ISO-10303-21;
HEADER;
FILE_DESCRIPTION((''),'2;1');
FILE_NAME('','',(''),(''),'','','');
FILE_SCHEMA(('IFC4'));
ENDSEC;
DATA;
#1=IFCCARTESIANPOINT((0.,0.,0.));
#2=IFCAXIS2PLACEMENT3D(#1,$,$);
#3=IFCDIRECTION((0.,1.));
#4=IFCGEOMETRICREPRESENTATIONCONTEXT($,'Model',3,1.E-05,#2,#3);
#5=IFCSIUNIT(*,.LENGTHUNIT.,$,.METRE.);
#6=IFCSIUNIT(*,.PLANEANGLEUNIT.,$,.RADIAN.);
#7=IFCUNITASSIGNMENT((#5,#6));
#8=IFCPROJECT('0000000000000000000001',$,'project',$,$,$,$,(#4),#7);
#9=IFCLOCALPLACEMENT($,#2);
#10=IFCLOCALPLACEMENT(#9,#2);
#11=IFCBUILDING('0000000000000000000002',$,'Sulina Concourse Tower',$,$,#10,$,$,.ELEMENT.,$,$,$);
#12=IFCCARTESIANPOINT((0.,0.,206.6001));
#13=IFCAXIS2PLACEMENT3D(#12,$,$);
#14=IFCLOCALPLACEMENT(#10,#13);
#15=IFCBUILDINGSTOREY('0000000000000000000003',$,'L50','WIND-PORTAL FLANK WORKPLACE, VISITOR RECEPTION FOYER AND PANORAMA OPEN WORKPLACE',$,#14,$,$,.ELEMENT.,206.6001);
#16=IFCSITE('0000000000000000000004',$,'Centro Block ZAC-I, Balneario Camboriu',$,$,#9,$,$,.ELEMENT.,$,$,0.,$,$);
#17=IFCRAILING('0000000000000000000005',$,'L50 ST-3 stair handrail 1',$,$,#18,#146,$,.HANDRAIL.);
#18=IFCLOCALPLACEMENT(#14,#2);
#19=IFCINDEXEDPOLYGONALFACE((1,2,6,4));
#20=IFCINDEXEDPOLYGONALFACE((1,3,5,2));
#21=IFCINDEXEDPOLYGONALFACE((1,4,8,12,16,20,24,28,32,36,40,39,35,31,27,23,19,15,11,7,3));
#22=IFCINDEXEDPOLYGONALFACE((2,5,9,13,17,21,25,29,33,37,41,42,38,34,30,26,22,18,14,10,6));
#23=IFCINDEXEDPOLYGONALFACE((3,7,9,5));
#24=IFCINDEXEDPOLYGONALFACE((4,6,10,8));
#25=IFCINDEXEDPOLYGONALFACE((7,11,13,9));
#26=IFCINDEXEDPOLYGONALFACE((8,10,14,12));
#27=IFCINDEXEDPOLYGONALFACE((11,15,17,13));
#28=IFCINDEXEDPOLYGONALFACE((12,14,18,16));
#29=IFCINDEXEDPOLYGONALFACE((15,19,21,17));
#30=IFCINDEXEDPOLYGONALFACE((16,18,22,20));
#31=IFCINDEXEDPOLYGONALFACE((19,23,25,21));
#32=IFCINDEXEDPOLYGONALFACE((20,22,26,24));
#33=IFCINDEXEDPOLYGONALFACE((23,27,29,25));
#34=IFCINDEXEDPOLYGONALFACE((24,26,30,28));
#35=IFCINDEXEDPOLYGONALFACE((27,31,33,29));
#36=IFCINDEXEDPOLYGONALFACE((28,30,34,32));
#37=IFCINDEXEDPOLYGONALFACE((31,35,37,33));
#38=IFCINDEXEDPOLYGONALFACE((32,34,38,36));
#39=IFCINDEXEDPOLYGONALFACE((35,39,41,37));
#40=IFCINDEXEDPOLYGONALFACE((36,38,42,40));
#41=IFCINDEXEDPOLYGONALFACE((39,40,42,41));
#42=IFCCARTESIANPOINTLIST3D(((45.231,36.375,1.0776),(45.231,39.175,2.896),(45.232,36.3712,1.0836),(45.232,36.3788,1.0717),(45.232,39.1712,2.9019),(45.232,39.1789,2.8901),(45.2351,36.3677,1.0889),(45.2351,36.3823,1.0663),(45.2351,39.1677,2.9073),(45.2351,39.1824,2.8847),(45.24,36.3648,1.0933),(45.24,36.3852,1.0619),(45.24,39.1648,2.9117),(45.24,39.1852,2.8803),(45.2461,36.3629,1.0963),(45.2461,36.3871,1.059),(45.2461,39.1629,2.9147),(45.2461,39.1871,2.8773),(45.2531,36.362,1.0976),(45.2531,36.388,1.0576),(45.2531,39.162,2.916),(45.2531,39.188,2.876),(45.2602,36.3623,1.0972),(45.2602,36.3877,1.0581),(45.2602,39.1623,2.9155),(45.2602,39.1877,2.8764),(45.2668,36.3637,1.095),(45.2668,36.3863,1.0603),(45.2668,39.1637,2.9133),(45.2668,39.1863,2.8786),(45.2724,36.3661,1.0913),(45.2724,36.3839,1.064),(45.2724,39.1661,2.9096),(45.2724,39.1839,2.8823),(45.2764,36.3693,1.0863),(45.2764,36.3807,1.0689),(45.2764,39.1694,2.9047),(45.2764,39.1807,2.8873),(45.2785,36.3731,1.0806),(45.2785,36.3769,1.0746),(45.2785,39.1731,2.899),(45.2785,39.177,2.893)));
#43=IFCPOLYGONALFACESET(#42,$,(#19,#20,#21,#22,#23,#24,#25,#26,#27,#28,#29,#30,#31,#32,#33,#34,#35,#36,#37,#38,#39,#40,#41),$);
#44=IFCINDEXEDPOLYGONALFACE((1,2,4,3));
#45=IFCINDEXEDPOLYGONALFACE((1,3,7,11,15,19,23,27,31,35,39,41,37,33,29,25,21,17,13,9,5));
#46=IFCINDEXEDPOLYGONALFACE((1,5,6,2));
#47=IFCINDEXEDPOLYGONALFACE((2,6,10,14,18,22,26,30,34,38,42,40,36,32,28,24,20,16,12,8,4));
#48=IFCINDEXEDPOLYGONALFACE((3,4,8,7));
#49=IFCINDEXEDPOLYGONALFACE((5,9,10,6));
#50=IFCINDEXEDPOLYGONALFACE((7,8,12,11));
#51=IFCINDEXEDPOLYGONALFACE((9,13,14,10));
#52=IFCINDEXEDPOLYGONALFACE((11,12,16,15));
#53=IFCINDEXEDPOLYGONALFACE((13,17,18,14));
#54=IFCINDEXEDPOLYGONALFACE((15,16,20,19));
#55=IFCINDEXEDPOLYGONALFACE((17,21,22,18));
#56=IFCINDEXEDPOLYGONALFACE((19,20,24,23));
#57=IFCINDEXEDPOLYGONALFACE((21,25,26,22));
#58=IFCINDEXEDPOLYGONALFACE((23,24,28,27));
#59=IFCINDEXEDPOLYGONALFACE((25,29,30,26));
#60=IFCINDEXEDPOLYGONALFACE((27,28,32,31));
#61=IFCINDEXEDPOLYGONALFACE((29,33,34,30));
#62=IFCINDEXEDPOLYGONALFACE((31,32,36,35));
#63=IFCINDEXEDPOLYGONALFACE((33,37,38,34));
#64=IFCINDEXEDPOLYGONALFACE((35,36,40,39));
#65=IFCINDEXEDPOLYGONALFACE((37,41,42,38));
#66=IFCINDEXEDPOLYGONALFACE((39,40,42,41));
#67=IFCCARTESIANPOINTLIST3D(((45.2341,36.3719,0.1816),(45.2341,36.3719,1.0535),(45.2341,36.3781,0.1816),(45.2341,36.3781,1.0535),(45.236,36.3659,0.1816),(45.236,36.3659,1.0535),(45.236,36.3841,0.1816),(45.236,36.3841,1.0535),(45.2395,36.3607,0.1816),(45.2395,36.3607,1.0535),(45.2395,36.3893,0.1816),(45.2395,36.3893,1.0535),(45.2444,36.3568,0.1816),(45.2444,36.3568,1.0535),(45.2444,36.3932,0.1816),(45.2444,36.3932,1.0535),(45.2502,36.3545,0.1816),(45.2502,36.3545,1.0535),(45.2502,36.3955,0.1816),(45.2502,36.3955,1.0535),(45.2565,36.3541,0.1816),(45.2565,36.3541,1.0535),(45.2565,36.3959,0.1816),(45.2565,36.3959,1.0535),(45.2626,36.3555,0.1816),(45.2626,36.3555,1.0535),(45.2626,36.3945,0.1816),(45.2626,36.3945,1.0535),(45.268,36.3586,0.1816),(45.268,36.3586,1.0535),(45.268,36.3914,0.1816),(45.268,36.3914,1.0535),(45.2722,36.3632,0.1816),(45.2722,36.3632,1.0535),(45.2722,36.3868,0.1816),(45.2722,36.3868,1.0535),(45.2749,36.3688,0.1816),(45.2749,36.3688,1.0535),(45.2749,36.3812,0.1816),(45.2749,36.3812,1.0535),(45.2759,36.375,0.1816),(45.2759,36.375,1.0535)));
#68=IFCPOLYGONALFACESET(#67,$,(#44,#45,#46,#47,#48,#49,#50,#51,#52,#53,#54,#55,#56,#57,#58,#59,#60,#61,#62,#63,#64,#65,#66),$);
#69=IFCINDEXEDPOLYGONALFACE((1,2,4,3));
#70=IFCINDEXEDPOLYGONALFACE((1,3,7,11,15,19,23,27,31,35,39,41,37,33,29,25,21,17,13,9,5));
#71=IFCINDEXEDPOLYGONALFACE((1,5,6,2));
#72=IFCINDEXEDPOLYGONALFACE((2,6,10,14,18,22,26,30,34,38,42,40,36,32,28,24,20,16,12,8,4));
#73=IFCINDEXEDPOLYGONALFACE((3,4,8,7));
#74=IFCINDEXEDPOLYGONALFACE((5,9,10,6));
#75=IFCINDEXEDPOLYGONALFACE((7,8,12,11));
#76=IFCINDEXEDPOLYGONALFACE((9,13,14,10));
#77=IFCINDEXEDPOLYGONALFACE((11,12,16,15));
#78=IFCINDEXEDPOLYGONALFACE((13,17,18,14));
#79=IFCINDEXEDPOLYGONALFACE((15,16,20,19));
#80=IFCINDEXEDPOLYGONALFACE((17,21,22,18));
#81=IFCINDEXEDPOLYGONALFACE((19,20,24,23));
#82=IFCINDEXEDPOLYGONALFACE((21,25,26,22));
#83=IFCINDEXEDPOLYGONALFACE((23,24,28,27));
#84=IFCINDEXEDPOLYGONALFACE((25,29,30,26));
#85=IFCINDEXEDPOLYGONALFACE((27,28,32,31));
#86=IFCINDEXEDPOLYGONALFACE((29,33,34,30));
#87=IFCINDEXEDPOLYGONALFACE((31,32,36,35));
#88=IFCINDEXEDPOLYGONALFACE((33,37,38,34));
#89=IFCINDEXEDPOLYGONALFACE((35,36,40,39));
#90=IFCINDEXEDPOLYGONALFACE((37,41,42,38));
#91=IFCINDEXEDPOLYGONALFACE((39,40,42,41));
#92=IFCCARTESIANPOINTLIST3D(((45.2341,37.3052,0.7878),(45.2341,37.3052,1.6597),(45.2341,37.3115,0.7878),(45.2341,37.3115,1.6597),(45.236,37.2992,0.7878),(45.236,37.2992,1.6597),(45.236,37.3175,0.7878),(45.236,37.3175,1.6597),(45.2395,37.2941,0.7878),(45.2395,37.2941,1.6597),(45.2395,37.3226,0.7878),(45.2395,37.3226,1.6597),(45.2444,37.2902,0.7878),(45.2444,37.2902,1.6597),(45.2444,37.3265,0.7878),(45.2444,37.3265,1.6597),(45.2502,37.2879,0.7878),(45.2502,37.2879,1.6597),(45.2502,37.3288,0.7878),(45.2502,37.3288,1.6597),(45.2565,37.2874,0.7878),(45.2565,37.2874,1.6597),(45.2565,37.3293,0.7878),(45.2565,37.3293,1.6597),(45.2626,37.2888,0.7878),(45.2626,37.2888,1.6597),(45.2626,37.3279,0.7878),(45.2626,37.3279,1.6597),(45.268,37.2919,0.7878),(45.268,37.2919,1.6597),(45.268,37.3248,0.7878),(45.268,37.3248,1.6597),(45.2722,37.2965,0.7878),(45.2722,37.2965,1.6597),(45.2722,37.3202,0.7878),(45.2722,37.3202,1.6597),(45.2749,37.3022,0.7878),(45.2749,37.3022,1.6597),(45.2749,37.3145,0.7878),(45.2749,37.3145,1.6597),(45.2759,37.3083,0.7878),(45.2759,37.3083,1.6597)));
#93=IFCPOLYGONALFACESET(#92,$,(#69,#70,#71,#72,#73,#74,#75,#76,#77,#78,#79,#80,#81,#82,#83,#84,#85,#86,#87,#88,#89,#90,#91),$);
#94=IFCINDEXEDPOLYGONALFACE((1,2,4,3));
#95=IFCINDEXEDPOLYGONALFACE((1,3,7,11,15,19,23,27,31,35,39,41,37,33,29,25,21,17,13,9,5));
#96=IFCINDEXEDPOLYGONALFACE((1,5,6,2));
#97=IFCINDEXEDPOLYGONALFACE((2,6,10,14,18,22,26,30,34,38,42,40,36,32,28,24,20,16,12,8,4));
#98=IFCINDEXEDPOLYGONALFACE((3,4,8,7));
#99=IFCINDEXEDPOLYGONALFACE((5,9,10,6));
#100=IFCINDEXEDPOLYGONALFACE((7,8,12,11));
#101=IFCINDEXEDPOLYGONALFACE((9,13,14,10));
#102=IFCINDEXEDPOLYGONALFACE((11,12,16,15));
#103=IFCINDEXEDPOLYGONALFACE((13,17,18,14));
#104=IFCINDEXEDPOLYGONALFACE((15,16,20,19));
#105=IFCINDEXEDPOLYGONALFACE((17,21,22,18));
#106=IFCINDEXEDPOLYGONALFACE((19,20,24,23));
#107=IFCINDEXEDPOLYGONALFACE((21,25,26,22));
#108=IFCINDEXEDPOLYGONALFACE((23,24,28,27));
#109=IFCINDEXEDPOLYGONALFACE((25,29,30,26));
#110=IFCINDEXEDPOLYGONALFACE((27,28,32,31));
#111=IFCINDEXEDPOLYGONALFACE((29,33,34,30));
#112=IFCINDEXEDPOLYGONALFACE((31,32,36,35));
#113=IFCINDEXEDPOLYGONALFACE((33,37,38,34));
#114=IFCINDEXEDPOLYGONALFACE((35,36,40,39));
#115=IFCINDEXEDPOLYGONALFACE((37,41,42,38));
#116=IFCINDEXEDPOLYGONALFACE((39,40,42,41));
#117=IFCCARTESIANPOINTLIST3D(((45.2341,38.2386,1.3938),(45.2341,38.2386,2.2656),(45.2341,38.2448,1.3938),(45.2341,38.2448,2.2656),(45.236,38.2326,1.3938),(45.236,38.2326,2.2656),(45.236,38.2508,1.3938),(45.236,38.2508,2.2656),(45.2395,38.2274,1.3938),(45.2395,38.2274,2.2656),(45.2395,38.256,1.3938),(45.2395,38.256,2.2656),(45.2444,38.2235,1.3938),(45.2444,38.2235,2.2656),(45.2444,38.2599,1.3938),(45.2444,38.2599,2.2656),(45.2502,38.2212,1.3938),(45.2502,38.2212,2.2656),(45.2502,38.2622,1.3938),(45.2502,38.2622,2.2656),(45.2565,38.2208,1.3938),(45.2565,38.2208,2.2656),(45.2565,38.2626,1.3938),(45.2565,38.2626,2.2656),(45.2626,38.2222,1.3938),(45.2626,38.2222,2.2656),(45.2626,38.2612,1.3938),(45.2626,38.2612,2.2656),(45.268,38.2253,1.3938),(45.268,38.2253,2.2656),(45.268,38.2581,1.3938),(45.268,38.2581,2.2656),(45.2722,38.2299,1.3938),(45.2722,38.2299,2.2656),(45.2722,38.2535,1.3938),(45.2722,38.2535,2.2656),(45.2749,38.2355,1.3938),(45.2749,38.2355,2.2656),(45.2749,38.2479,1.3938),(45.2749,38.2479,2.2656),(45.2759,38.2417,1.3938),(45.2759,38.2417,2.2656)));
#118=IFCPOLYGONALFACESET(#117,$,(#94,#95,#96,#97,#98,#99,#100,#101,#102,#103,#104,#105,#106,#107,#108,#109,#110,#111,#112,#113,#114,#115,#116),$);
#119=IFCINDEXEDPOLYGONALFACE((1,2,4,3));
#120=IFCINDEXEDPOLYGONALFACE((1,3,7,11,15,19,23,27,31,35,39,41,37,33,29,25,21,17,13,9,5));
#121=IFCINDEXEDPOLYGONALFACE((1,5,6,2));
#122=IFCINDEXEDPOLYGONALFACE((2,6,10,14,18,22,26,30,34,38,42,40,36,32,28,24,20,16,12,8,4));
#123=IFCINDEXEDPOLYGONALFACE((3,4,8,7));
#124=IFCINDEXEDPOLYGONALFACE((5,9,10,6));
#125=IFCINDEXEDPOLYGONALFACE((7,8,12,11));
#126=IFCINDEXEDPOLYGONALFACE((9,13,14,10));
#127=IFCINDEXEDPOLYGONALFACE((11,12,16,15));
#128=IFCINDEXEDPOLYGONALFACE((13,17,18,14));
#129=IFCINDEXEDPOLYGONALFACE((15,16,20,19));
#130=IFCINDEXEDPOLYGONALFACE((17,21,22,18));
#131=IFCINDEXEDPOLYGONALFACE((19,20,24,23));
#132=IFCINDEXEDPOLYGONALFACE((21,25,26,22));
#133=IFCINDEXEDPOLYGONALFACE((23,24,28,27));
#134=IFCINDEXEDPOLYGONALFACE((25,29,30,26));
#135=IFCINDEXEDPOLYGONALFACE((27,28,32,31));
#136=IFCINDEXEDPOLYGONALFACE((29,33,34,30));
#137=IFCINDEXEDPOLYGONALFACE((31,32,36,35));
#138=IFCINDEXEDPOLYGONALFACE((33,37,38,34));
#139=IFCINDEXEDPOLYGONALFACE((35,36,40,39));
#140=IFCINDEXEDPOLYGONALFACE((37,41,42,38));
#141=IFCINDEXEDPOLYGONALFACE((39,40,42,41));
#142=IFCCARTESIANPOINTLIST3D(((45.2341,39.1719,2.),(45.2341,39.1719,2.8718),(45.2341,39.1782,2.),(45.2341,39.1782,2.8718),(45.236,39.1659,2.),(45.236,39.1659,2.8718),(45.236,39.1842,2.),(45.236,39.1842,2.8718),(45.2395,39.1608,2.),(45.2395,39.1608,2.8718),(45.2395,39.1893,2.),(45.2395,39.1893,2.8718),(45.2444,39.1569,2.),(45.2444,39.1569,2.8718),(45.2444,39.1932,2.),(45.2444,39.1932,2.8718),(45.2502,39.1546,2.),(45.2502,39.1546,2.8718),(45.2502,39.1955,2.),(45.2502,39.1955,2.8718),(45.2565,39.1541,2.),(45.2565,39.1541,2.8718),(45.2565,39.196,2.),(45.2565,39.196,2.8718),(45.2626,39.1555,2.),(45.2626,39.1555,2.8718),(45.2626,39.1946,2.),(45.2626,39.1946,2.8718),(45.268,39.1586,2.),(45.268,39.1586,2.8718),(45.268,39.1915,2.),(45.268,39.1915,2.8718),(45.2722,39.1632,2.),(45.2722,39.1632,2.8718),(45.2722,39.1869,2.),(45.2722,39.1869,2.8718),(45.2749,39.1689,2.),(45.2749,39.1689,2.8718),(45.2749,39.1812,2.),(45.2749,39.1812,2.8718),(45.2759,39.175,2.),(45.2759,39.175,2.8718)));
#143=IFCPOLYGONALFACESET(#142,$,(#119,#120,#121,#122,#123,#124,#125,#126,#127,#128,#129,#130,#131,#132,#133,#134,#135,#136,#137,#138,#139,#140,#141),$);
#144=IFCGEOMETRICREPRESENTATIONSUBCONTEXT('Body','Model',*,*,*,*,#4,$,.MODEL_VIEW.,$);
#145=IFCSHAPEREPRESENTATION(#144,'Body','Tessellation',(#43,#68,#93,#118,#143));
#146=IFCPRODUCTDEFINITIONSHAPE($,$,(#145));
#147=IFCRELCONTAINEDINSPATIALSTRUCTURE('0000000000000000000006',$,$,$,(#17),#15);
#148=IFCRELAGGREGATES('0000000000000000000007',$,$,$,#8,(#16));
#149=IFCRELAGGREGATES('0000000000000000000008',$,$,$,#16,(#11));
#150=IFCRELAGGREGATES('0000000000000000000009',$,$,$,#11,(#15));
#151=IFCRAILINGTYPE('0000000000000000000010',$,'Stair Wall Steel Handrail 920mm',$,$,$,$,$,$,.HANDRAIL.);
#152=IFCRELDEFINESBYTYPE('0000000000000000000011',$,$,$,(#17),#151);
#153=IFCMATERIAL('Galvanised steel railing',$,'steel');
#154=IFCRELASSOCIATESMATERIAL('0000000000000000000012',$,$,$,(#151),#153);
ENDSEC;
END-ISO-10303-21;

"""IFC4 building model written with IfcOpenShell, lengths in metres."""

from ifc_helpers import new_model, si_unit, direction, frame, origin, origin_2d, place, context, subcontext, project, spatial, circle, extrude, material, type_object, element, save


model = new_model("IFC4")

# Units and contexts
model_context = context("Model", 3, precision=1e-05, world=origin(), true_north=direction((0.0, 1.0)))
body_context = subcontext(model_context, "Body", "Model", "MODEL_VIEW")
ifc_project = project(units=[si_unit("LENGTHUNIT", "METRE"), si_unit("PLANEANGLEUNIT", "RADIAN")], contexts=[model_context])

# Site, building, storey
site_placement = place(None, origin())
site = spatial("IfcSite", under=ifc_project, at=site_placement, Name="Centro Block ZAC-I, Balneario Camboriu", CompositionType="ELEMENT", RefElevation=0.0)
building_placement = place(site_placement, origin())
building = spatial("IfcBuilding", under=site, at=building_placement, Name="Sulina Concourse Tower", CompositionType="ELEMENT")
storey_placement = place(building_placement, frame((0.0, 0.0, 206.6001)))
storey = spatial("IfcBuildingStorey", under=building, at=storey_placement, Name="L50", Description="WIND-PORTAL FLANK WORKPLACE, VISITOR RECEPTION FOYER AND PANORAMA OPEN WORKPLACE", CompositionType="ELEMENT", Elevation=206.6001)

# Railing
ifc_material_1 = material(Name="Galvanised steel railing", Category="steel")
railing_type_1 = type_object("IfcRailingType", Name="Stair Wall Steel Handrail 920mm", PredefinedType="HANDRAIL", material=ifc_material_1)
railing_1_placement = place(storey_placement, frame((45.2549, 36.375, 0.1816)))
element("IfcRailing", 1, at=railing_1_placement, inside=storey, type_object=railing_type_1, Name="L50 ST-3 stair handrail 1", PredefinedType="HANDRAIL", context=body_context, shape_type="SweptSolid", body=[
    extrude(circle(Radius=0.0239, at=origin_2d()), frame((0.0, 0.0, 0.896), z_axis=(0.0, 0.838672, 0.544636), x_axis=(-1.0, 0.0, 0.0)), (0.0, 0.0, 1.0), 3.3386),
    extrude(circle(Radius=0.021, at=origin_2d()), origin(), (0.0, 0.0, 1.0), 0.8718),
    extrude(circle(Radius=0.021, at=origin_2d()), frame((0.0, 0.9333, 0.6062)), (0.0, 0.0, 1.0), 0.8718),
    extrude(circle(Radius=0.021, at=origin_2d()), frame((0.0, 1.8667, 1.2122)), (0.0, 0.0, 1.0), 0.8718),
    extrude(circle(Radius=0.021, at=origin_2d()), frame((0.0, 2.8, 1.8184)), (0.0, 0.0, 1.0), 0.8718),
])

save(model, "model.ifc")
